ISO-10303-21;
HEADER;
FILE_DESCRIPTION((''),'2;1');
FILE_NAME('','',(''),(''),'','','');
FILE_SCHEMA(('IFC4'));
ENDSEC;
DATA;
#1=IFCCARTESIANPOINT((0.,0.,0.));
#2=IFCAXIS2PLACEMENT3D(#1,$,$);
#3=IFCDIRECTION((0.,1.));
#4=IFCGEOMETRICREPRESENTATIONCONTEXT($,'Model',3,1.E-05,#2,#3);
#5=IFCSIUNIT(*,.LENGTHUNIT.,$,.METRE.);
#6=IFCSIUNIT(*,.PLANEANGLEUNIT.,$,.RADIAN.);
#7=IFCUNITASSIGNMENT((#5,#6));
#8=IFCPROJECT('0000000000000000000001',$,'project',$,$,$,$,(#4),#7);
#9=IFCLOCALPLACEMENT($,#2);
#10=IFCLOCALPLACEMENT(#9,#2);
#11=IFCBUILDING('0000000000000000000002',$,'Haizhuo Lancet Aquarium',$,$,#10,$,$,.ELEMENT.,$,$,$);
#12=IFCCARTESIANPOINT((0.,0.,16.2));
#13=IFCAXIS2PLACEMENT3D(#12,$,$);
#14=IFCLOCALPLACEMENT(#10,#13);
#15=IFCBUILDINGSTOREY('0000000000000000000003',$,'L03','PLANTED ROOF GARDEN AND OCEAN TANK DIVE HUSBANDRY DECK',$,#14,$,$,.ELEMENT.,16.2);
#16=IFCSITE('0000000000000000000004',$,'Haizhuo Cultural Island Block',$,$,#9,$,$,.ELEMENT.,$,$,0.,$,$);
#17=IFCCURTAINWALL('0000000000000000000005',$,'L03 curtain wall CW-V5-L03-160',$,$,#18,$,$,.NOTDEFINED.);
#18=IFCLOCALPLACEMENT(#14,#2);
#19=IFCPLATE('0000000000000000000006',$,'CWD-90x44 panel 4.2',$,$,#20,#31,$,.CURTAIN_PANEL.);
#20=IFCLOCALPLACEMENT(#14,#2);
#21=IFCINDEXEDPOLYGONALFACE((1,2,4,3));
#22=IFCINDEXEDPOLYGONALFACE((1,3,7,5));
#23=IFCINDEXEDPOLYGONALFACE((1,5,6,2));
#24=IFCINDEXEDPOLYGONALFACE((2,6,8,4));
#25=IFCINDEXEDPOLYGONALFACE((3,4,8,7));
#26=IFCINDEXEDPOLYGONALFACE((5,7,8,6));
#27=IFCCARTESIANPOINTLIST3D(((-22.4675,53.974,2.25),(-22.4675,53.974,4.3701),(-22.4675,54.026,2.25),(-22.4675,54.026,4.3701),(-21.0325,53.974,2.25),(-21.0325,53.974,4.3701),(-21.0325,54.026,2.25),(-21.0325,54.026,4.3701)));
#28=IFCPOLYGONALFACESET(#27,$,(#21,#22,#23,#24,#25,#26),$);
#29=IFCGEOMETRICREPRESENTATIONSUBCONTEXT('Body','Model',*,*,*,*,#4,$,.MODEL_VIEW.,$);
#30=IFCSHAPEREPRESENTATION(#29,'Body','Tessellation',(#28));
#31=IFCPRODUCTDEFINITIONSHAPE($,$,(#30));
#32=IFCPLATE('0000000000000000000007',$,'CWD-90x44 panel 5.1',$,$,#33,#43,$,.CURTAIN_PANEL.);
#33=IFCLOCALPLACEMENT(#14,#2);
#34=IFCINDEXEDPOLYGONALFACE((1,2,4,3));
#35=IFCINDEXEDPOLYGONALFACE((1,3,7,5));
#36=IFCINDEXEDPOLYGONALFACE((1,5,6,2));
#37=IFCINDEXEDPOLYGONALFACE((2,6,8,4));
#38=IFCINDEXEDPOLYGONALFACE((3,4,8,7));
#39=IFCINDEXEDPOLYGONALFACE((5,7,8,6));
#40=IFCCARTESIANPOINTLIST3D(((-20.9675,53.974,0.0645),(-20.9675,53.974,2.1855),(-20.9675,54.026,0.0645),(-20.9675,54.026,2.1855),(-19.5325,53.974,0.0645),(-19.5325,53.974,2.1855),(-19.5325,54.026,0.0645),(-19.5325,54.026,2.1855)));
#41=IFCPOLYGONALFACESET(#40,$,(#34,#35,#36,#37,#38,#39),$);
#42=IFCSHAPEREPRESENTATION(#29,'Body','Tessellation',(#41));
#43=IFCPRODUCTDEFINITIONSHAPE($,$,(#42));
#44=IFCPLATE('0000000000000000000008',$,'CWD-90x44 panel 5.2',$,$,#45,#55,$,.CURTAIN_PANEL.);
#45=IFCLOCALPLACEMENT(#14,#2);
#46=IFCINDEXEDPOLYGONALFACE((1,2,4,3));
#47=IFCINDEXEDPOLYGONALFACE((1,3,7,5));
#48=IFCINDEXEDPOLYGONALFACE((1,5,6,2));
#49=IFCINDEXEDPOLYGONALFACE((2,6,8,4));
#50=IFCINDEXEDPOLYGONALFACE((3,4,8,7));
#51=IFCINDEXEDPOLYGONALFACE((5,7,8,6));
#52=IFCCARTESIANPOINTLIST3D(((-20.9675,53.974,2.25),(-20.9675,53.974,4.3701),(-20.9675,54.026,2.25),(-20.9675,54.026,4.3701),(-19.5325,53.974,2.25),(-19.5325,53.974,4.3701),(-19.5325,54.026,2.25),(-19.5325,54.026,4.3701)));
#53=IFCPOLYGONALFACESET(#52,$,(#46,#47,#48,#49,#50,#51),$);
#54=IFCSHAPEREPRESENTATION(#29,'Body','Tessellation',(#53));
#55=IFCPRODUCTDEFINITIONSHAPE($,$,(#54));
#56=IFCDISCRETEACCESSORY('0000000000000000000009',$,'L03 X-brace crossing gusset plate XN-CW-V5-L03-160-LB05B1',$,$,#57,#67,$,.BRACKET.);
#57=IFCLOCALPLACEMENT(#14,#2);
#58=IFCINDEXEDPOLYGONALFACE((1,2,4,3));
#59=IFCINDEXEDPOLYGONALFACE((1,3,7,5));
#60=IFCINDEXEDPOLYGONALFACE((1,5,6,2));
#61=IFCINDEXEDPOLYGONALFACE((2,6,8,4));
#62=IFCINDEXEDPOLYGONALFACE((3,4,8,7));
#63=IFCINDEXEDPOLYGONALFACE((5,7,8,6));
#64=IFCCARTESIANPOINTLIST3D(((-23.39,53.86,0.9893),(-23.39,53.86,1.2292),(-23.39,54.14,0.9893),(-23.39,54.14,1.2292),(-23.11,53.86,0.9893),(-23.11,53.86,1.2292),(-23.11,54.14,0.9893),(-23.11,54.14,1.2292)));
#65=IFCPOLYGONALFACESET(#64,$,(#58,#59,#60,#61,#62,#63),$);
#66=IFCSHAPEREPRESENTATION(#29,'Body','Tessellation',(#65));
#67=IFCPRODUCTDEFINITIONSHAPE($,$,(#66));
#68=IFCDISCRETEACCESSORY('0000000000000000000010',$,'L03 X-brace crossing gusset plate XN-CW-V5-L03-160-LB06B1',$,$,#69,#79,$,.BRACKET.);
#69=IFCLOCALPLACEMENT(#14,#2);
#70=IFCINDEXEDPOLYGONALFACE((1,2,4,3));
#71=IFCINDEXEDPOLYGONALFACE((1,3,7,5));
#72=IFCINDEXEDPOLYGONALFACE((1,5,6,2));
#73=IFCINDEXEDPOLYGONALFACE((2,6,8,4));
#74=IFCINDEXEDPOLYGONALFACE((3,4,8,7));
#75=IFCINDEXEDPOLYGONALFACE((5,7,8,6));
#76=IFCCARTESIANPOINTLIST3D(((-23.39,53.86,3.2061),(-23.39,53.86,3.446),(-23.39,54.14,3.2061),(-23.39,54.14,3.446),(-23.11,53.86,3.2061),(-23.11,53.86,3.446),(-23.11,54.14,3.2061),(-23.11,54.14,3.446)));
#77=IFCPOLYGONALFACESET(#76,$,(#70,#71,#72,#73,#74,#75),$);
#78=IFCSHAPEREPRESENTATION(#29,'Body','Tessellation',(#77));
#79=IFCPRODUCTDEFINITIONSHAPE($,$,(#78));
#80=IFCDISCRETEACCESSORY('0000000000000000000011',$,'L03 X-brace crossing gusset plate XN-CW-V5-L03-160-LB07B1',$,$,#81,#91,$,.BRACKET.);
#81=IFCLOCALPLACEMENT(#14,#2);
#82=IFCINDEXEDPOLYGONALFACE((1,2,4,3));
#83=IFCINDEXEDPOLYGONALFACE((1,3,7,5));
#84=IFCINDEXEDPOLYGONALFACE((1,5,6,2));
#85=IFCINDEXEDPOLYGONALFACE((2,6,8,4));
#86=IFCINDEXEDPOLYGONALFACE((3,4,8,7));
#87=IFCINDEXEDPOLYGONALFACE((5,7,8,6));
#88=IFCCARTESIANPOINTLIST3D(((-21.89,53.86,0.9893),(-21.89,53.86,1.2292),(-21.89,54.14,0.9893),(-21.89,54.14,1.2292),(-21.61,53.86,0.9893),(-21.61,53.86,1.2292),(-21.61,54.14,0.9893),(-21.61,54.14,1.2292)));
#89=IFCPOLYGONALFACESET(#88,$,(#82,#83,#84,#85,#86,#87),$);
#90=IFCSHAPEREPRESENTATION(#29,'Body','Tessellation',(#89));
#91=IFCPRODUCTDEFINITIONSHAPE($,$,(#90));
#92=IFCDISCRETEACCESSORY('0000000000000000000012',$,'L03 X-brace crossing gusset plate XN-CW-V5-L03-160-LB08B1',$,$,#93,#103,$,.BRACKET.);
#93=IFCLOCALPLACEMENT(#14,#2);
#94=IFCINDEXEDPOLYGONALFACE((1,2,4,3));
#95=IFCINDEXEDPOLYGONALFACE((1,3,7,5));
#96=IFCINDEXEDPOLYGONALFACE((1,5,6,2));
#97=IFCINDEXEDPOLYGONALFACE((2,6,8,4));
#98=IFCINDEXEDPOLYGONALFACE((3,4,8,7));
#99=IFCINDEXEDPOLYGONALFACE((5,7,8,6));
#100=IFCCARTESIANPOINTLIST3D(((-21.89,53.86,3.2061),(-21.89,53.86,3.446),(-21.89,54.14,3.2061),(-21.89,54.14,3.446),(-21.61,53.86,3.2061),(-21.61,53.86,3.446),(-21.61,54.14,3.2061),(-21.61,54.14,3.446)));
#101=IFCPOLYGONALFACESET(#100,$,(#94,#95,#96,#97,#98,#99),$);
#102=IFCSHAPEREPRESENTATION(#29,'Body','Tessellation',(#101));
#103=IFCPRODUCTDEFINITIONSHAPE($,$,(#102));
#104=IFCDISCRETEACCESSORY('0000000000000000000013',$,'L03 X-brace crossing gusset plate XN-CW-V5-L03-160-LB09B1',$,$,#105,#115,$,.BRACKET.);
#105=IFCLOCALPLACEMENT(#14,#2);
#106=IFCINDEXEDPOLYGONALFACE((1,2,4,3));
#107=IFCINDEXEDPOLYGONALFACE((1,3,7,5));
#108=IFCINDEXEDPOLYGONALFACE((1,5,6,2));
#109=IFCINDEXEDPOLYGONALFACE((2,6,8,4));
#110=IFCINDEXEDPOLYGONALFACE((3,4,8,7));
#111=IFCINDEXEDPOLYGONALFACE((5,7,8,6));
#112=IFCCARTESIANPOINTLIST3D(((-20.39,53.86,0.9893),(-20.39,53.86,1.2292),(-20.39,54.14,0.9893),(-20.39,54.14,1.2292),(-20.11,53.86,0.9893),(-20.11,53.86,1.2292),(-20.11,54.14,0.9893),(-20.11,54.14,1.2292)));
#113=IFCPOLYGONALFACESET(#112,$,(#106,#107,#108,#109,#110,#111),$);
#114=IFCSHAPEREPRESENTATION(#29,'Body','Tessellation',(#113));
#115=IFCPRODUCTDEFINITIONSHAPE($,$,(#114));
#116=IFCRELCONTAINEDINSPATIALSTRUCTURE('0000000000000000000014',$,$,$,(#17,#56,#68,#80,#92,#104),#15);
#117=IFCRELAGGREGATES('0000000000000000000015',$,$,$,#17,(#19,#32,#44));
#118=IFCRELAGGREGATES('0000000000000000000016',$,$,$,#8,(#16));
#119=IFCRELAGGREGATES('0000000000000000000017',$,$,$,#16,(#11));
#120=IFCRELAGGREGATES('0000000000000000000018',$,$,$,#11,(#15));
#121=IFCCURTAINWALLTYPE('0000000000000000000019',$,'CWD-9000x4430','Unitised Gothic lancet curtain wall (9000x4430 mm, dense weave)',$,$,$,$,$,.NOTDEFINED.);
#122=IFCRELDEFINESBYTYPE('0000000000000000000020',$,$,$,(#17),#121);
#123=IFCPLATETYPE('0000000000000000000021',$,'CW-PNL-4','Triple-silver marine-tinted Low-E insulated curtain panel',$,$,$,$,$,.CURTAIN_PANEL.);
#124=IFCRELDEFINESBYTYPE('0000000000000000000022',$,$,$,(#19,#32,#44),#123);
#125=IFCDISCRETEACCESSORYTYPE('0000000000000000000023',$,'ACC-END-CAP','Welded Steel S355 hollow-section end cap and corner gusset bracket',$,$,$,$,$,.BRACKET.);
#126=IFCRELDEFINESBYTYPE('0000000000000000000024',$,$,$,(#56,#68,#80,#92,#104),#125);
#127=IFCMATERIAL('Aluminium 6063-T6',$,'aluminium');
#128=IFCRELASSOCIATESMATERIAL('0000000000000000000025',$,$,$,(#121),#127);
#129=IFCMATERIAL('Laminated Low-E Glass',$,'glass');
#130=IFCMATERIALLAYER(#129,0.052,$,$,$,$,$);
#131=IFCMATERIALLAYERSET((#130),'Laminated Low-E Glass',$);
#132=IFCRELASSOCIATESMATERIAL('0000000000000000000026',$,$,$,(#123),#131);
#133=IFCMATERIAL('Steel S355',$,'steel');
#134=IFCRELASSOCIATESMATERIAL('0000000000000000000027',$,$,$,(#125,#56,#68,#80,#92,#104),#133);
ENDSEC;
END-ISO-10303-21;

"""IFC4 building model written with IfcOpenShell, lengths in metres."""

from ifc_helpers import new_model, si_unit, direction, frame, origin, origin_2d, place, context, subcontext, project, spatial, rectangle, extrude, material, layer, layer_set, type_object, element, aggregate, save


model = new_model("IFC4")

# Units and contexts
model_context = context("Model", 3, precision=1e-05, world=origin(), true_north=direction((0.0, 1.0)))
body_context = subcontext(model_context, "Body", "Model", "MODEL_VIEW")
ifc_project = project(units=[si_unit("LENGTHUNIT", "METRE"), si_unit("PLANEANGLEUNIT", "RADIAN")], contexts=[model_context])

# Site, building, storey
site_placement = place(None, origin())
site = spatial("IfcSite", under=ifc_project, at=site_placement, Name="Haizhuo Cultural Island Block", CompositionType="ELEMENT", RefElevation=0.0)
building_placement = place(site_placement, origin())
building = spatial("IfcBuilding", under=site, at=building_placement, Name="Haizhuo Lancet Aquarium", CompositionType="ELEMENT")
storey_placement = place(building_placement, frame((0.0, 0.0, 16.2)))
storey = spatial("IfcBuildingStorey", under=building, at=storey_placement, Name="L03", Description="PLANTED ROOF GARDEN AND OCEAN TANK DIVE HUSBANDRY DECK", CompositionType="ELEMENT", Elevation=16.2)

# Curtain wall
ifc_material_1 = material(Name="Aluminium 6063-T6", Category="aluminium")
curtain_wall_type = type_object("IfcCurtainWallType", Name="CWD-9000x4430", Description="Unitised Gothic lancet curtain wall (9000x4430 mm, dense weave)", PredefinedType="NOTDEFINED", material=ifc_material_1)
curtain_wall_placement = place(storey_placement, origin())
curtain_wall = element("IfcCurtainWall", 1, at=curtain_wall_placement, inside=storey, type_object=curtain_wall_type, Name="L03 curtain wall CW-V5-L03-160", PredefinedType="NOTDEFINED")

# Shared definitions
ifc_material_2 = material(Name="Steel S355", Category="steel")

# Plates
ifc_material_3 = material(Name="Laminated Low-E Glass", Category="glass")
ifc_layer = layer(ifc_material_3, 0.052)
ifc_layer_set = layer_set([ifc_layer], Name="Laminated Low-E Glass")
plate_type = type_object("IfcPlateType", Name="CW-PNL-4", Description="Triple-silver marine-tinted Low-E insulated curtain panel", PredefinedType="CURTAIN_PANEL", material=ifc_layer_set)
plate_1_placement = place(storey_placement, frame((-21.75, 54.0, 2.25), z_axis=(0.0, 0.0, 1.0), x_axis=(1.0, 0.0, 0.0)))
plate_1 = element("IfcPlate", 2, at=plate_1_placement, type_object=plate_type, Name="CWD-90x44 panel 4.2", PredefinedType="CURTAIN_PANEL", context=body_context, shape_type="SweptSolid", body=[
    extrude(rectangle(XDim=1.4351, YDim=0.052, at=origin_2d()), origin(), (0.0, 0.0, 1.0), 2.1201),
])
plate_2_placement = place(storey_placement, frame((-20.25, 54.0, 0.0645), z_axis=(0.0, 0.0, 1.0), x_axis=(1.0, 0.0, 0.0)))
plate_2 = element("IfcPlate", 3, at=plate_2_placement, type_object=plate_type, Name="CWD-90x44 panel 5.1", PredefinedType="CURTAIN_PANEL", context=body_context, shape_type="SweptSolid", body=[
    extrude(rectangle(XDim=1.4351, YDim=0.052, at=origin_2d()), origin(), (0.0, 0.0, 1.0), 2.1211),
])
plate_3_placement = place(storey_placement, frame((-20.25, 54.0, 2.25), z_axis=(0.0, 0.0, 1.0), x_axis=(1.0, 0.0, 0.0)))
plate_3 = element("IfcPlate", 4, at=plate_3_placement, type_object=plate_type, Name="CWD-90x44 panel 5.2", PredefinedType="CURTAIN_PANEL", context=body_context, shape_type="SweptSolid", body=[
    extrude(rectangle(XDim=1.4351, YDim=0.052, at=origin_2d()), origin(), (0.0, 0.0, 1.0), 2.1201),
])
aggregate(curtain_wall, [plate_1, plate_2, plate_3])

# Discrete accessories
discrete_accessory_type = type_object("IfcDiscreteAccessoryType", Name="ACC-END-CAP", Description="Welded Steel S355 hollow-section end cap and corner gusset bracket", PredefinedType="BRACKET", material=ifc_material_2)
for number, where, z_axis, x_axis, name in (
    (5, (-23.25, 54.0, 0.9893), (0.0, 0.0, 1.0), (1.0, 0.0, 0.0), "L03 X-brace crossing gusset plate XN-CW-V5-L03-160-LB05B1"),
    (6, (-23.25, 54.0, 3.2061), (0.0, 0.0, 1.0), (1.0, 0.0, 0.0), "L03 X-brace crossing gusset plate XN-CW-V5-L03-160-LB06B1"),
    (7, (-21.75, 54.0, 0.9893), (0.0, 0.0, 1.0), (1.0, 0.0, 0.0), "L03 X-brace crossing gusset plate XN-CW-V5-L03-160-LB07B1"),
    (8, (-21.75, 54.0, 3.2061), (0.0, 0.0, 1.0), (1.0, 0.0, 0.0), "L03 X-brace crossing gusset plate XN-CW-V5-L03-160-LB08B1"),
    (9, (-20.25, 54.0, 0.9893), (0.0, 0.0, 1.0), (1.0, 0.0, 0.0), "L03 X-brace crossing gusset plate XN-CW-V5-L03-160-LB09B1"),
):
    element("IfcDiscreteAccessory", number, at=place(storey_placement, frame(where, z_axis=z_axis, x_axis=x_axis)), inside=storey, type_object=discrete_accessory_type, material=ifc_material_2, Name=name, PredefinedType="BRACKET", context=body_context, shape_type="SweptSolid", body=[
        extrude(rectangle(XDim=0.28, YDim=0.28, at=origin_2d()), origin(), (0.0, 0.0, 1.0), 0.24),
    ])

save(model, "model.ifc")
